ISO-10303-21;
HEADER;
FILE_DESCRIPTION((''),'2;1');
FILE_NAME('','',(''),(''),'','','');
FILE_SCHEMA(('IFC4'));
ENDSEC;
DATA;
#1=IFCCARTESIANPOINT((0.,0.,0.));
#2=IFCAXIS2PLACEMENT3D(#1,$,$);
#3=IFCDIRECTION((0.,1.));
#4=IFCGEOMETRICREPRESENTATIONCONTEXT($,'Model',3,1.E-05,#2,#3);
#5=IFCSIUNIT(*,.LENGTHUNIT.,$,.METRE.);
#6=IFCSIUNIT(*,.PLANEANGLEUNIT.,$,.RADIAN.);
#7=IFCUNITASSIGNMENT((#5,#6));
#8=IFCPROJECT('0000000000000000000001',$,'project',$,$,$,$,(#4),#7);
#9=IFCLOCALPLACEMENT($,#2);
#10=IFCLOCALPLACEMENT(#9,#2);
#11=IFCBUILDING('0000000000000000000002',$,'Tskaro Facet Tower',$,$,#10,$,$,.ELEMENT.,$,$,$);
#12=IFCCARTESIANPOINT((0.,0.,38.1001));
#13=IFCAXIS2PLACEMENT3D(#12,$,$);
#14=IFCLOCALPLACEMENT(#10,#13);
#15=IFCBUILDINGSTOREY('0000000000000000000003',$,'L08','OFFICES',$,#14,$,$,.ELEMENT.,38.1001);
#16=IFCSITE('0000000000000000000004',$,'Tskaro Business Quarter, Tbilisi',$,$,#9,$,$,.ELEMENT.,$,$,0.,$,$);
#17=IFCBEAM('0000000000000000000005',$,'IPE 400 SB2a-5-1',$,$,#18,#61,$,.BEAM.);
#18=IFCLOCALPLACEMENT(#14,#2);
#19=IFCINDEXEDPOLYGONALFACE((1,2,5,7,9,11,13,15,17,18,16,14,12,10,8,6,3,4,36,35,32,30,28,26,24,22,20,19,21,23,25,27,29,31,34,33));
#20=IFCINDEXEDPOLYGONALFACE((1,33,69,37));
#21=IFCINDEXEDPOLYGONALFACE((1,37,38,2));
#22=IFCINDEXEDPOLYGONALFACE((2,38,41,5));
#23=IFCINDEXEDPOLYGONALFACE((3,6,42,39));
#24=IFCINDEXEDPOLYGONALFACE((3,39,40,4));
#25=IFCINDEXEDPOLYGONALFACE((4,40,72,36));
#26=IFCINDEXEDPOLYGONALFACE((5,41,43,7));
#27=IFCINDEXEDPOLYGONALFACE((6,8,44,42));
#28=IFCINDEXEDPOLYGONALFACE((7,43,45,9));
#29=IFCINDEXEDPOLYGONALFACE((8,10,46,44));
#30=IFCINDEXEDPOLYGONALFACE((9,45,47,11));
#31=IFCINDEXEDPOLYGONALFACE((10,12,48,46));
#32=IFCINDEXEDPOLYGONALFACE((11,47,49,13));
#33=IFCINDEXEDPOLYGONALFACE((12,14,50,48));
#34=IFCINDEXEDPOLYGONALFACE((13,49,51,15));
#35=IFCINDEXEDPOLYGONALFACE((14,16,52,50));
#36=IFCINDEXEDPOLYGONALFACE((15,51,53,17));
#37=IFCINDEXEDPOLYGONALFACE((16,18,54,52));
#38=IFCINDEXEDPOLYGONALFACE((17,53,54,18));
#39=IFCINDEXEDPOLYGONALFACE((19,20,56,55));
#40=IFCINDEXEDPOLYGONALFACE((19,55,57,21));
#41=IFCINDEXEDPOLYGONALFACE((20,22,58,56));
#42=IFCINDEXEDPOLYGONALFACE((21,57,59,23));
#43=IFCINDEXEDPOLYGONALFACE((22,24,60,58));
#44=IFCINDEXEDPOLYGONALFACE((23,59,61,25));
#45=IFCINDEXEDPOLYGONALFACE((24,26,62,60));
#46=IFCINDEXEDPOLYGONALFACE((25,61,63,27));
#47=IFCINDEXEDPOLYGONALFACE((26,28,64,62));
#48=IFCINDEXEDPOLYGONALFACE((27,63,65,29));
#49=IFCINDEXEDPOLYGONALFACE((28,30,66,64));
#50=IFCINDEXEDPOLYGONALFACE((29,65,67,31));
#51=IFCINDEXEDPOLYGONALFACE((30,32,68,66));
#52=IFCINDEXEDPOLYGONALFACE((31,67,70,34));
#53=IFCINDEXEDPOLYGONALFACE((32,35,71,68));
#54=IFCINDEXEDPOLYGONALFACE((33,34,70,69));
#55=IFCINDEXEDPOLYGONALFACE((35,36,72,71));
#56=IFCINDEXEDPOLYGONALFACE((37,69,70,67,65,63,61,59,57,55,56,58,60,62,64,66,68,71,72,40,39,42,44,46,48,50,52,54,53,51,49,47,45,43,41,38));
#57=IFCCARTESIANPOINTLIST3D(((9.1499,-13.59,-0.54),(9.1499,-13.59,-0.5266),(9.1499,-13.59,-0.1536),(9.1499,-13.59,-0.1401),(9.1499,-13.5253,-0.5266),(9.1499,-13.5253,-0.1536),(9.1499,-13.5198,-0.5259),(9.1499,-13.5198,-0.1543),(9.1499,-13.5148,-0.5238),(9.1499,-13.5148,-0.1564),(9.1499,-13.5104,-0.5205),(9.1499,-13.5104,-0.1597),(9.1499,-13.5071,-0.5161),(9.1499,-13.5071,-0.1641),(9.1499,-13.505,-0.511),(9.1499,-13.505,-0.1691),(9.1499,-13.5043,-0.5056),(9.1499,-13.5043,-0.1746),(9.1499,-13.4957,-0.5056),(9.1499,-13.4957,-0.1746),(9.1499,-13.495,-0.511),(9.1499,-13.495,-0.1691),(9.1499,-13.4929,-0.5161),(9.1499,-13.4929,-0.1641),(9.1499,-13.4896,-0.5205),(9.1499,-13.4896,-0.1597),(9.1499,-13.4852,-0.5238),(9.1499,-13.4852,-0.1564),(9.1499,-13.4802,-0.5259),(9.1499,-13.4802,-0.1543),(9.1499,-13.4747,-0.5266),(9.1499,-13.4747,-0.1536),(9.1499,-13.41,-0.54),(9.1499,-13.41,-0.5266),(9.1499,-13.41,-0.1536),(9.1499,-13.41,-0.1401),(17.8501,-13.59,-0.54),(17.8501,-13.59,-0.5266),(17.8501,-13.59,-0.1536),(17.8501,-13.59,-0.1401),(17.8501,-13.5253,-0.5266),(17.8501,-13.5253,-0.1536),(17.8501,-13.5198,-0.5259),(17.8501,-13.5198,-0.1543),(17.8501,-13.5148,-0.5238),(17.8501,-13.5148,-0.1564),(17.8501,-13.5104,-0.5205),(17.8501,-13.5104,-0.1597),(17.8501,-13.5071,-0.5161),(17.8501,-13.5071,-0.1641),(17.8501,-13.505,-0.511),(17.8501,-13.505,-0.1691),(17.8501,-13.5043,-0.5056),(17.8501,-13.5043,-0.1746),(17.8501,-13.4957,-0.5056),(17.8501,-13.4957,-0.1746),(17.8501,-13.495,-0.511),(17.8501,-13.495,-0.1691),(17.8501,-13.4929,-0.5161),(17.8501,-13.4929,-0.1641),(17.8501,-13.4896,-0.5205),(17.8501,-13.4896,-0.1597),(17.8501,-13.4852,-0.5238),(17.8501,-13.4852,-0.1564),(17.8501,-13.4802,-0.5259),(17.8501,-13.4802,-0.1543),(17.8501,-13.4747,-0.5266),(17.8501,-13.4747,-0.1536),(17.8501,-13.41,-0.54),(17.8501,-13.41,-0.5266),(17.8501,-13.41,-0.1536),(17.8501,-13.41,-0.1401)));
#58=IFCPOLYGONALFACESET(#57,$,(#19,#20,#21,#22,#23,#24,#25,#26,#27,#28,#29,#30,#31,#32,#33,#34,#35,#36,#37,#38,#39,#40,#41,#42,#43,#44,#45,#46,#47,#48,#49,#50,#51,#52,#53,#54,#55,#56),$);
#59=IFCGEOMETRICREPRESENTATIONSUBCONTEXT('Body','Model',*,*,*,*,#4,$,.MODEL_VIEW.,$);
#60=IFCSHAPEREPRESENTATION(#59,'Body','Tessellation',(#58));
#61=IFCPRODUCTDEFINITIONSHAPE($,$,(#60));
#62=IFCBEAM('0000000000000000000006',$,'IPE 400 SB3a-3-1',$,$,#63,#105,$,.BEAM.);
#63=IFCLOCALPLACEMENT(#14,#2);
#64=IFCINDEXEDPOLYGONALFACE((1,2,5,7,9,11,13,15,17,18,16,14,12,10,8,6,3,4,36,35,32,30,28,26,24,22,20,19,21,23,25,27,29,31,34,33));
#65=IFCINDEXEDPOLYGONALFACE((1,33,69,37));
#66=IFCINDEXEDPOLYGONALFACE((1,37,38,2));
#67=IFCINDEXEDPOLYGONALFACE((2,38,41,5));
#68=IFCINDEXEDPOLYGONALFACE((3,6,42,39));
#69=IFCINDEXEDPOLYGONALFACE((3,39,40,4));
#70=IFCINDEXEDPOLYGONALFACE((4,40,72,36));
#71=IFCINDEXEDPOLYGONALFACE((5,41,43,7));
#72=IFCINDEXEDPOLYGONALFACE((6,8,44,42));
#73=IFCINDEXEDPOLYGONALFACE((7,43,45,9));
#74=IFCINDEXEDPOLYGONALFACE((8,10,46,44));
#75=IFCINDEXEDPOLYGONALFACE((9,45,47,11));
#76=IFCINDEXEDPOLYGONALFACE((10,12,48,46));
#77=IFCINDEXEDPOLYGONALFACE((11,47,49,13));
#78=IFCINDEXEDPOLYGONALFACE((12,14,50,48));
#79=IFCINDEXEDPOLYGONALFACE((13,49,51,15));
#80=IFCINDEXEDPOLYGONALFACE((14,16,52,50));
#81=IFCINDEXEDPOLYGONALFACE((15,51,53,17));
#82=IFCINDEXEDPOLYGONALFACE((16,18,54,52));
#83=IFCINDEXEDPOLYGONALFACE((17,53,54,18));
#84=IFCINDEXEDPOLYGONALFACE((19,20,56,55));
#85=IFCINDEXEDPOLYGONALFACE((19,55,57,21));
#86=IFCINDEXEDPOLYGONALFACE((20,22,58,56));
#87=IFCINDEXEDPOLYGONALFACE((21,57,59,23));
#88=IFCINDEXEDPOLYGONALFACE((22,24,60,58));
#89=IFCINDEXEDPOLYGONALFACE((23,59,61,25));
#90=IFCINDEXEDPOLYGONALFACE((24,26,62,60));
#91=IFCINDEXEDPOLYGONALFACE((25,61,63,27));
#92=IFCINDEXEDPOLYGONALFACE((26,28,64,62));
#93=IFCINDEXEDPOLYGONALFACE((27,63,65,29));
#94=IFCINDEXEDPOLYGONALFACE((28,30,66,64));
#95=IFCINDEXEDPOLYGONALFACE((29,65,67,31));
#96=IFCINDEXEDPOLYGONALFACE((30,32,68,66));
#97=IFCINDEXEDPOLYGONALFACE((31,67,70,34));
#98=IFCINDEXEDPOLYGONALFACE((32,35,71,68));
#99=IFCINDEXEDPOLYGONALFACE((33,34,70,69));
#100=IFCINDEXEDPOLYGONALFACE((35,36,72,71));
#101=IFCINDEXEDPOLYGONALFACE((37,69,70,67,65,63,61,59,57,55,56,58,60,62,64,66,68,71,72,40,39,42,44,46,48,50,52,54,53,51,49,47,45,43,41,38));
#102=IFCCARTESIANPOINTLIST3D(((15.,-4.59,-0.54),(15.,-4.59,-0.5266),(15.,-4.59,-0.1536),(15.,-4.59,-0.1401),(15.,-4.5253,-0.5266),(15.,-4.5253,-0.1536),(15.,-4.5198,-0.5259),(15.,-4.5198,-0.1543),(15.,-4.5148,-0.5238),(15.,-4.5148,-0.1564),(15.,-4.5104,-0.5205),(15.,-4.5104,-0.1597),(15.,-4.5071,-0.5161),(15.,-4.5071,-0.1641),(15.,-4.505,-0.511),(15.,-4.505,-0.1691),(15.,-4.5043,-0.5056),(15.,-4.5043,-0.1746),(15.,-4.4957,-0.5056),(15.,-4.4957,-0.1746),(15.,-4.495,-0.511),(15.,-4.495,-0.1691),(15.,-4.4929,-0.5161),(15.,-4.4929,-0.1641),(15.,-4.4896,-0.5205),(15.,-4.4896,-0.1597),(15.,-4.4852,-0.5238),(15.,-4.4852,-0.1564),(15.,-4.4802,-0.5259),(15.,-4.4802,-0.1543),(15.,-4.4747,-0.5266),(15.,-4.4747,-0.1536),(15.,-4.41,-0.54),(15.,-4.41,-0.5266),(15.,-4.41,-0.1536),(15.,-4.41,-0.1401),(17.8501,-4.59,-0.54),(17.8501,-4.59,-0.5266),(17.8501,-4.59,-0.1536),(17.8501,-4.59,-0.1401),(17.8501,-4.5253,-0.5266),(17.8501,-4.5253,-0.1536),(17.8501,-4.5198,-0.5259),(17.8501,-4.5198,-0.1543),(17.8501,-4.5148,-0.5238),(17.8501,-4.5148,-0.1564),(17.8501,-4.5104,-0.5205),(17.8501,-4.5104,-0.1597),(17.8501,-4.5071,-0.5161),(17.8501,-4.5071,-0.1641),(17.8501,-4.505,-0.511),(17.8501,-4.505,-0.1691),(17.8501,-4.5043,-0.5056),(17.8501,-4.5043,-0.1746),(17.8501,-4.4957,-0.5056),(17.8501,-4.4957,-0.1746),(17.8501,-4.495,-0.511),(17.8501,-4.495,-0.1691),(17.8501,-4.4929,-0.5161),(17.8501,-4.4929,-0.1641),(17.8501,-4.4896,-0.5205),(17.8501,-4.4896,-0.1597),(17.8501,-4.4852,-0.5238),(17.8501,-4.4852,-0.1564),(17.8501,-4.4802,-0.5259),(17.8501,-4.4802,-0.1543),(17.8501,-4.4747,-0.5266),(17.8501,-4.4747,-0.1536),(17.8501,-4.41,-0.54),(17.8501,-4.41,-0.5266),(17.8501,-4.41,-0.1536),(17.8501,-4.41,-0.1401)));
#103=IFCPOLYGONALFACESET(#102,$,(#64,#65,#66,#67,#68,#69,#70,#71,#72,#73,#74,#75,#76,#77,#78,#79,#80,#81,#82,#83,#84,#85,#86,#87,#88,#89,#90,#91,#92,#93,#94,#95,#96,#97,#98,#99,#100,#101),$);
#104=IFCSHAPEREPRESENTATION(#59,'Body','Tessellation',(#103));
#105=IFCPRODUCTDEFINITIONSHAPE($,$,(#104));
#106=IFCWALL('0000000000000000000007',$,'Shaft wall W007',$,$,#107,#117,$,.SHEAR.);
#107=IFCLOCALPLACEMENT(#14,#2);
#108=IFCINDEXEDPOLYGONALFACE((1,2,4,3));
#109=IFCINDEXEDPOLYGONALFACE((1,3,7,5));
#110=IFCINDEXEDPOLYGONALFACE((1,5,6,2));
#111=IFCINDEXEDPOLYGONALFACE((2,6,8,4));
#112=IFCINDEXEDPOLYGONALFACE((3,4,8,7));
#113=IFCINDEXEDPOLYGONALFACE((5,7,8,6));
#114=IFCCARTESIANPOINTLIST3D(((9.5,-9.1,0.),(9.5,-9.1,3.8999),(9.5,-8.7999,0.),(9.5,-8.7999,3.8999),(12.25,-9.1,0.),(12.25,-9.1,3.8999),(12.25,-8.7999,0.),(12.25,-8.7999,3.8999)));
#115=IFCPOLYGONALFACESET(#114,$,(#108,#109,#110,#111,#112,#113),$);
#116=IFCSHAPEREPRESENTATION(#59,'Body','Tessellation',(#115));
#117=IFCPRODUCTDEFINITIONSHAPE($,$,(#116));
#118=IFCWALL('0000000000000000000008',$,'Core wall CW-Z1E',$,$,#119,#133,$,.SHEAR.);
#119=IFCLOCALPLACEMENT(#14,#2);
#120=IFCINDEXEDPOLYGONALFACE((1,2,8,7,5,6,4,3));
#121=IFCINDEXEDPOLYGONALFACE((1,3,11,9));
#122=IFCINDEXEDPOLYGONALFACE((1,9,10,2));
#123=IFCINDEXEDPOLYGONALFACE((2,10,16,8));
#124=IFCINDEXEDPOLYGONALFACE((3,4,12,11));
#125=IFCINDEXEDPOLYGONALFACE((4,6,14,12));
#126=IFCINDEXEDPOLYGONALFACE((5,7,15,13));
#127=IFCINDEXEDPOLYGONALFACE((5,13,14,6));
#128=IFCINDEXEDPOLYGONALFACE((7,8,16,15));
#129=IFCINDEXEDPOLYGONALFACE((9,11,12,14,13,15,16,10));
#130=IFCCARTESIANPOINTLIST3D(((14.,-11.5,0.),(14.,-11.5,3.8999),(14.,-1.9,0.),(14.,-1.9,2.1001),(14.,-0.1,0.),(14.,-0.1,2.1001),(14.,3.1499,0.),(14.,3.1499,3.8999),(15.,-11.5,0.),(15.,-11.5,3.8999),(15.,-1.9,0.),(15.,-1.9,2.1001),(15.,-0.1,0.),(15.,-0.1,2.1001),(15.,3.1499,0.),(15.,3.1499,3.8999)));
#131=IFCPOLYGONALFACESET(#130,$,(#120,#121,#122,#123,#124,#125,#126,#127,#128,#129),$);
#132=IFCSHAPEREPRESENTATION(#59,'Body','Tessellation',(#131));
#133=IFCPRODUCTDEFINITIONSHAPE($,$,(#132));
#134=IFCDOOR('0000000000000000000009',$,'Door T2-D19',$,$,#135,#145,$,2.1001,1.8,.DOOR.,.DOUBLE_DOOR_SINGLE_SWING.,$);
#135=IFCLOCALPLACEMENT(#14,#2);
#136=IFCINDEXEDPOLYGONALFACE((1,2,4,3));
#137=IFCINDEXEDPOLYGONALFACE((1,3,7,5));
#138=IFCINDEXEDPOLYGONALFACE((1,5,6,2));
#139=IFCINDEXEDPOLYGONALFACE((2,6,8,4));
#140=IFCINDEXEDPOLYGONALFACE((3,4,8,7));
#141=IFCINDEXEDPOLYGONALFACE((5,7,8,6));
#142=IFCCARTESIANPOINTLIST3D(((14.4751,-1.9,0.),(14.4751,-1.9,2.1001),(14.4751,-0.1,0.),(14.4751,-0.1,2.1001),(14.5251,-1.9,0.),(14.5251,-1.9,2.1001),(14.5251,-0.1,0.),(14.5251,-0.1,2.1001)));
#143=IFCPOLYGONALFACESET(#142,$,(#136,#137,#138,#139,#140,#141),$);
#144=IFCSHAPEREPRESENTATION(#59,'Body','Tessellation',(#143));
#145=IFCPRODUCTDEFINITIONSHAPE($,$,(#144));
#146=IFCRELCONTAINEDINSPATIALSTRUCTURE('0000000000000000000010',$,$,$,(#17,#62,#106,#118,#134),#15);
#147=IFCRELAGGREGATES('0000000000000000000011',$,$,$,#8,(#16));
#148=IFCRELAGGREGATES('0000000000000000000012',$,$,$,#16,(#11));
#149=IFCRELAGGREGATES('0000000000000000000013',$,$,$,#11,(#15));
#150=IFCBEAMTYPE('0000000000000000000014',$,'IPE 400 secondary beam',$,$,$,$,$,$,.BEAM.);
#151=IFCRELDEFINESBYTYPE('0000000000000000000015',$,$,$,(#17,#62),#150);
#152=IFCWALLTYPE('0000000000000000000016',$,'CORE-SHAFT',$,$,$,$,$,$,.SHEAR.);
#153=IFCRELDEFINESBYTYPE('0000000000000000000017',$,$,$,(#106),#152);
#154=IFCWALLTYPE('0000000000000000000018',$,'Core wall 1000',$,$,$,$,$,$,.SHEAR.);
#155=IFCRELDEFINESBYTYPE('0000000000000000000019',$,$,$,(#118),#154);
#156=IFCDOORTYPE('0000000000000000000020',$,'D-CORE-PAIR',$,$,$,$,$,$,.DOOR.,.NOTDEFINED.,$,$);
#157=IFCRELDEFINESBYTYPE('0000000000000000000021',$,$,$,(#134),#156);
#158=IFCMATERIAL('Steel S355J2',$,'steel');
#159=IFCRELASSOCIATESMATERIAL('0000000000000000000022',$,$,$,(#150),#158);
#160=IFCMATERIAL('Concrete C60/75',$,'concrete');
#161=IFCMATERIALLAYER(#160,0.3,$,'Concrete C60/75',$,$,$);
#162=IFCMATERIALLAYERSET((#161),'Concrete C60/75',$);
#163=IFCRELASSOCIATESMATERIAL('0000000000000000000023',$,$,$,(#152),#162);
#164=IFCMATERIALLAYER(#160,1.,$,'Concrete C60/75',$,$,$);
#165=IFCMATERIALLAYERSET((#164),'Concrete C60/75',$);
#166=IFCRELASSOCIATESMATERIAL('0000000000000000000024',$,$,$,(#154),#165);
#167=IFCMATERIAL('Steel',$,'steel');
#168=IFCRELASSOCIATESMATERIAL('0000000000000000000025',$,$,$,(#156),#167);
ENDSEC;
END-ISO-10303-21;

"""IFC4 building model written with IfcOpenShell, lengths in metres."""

from ifc_helpers import new_model, si_unit, direction, frame, frame_2d, origin, origin_2d, place, context, subcontext, project, spatial, rectangle, i_section, extrude, material, layer, layer_set, material_profile, profile_set, type_object, element, fill, save


model = new_model("IFC4")

# Units and contexts
model_context = context("Model", 3, precision=1e-05, world=origin(), true_north=direction((0.0, 1.0)))
body_context = subcontext(model_context, "Body", "Model", "MODEL_VIEW")
ifc_project = project(units=[si_unit("LENGTHUNIT", "METRE"), si_unit("PLANEANGLEUNIT", "RADIAN")], contexts=[model_context])

# Site, building, storey
site_placement = place(None, origin())
site = spatial("IfcSite", under=ifc_project, at=site_placement, Name="Tskaro Business Quarter, Tbilisi", CompositionType="ELEMENT", RefElevation=0.0)
building_placement = place(site_placement, origin())
building = spatial("IfcBuilding", under=site, at=building_placement, Name="Tskaro Facet Tower", CompositionType="ELEMENT")
storey_placement = place(building_placement, frame((0.0, 0.0, 38.1001)))
storey = spatial("IfcBuildingStorey", under=building, at=storey_placement, Name="L08", Description="OFFICES", CompositionType="ELEMENT", Elevation=38.1001)

# Beams
ifc_material_1 = material(Name="Steel S355J2", Category="steel")
ifc_material_profile = material_profile(ifc_material_1, i_section(OverallWidth=0.1799, OverallDepth=0.3999, WebThickness=0.0085, FlangeThickness=0.0134, FilletRadius=0.021, at=origin_2d()), Name="IPE 400")
ifc_profile_set = profile_set([ifc_material_profile], Name="Steel S355J2")
beam_type = type_object("IfcBeamType", Name="IPE 400 secondary beam", PredefinedType="BEAM", material=ifc_profile_set)
beam_1_placement = place(storey_placement, frame((9.1499, -13.5, -0.3401), z_axis=(1.0, 0.0, 0.0), x_axis=(0.0, 1.0, 0.0)))
element("IfcBeam", 1, at=beam_1_placement, inside=storey, type_object=beam_type, Name="IPE 400 SB2a-5-1", PredefinedType="BEAM", context=body_context, shape_type="SweptSolid", body=[
    extrude(i_section(OverallWidth=0.1799, OverallDepth=0.3999, WebThickness=0.0085, FlangeThickness=0.0134, FilletRadius=0.021, at=origin_2d()), origin(), (0.0, 0.0, 1.0), 8.7002),
])
beam_2_placement = place(storey_placement, frame((15.0, -4.5, -0.3401), z_axis=(1.0, 0.0, 0.0), x_axis=(0.0, 1.0, 0.0)))
element("IfcBeam", 2, at=beam_2_placement, inside=storey, type_object=beam_type, Name="IPE 400 SB3a-3-1", PredefinedType="BEAM", context=body_context, shape_type="SweptSolid", body=[
    extrude(i_section(OverallWidth=0.1799, OverallDepth=0.3999, WebThickness=0.0085, FlangeThickness=0.0134, FilletRadius=0.021, at=origin_2d()), origin(), (0.0, 0.0, 1.0), 2.8501),
])

# Wall
ifc_material_2 = material(Name="Concrete C60/75", Category="concrete")
ifc_layer_1 = layer(ifc_material_2, 0.3, Name="Concrete C60/75")
ifc_layer_set_1 = layer_set([ifc_layer_1], Name="Concrete C60/75")
wall_type_1 = type_object("IfcWallType", Name="CORE-SHAFT", PredefinedType="SHEAR", material=ifc_layer_set_1)
wall_1_placement = place(storey_placement, frame((9.5, -8.95, 0.0), z_axis=(0.0, 0.0, 1.0), x_axis=(1.0, 0.0, 0.0)))
element("IfcWall", 3, at=wall_1_placement, inside=storey, type_object=wall_type_1, Name="Shaft wall W007", PredefinedType="SHEAR", context=body_context, shape_type="SweptSolid", body=[
    extrude(rectangle(XDim=2.75, YDim=0.3, at=frame_2d((1.375, 0.0))), origin(), (0.0, 0.0, 1.0), 3.8999),
])

# Wall, opening, door
ifc_layer_2 = layer(ifc_material_2, 1.0, Name="Concrete C60/75")
ifc_layer_set_2 = layer_set([ifc_layer_2], Name="Concrete C60/75")
wall_type_2 = type_object("IfcWallType", Name="Core wall 1000", PredefinedType="SHEAR", material=ifc_layer_set_2)
wall_2_placement = place(storey_placement, frame((14.5, -11.5, 0.0), z_axis=(0.0, 0.0, 1.0), x_axis=(0.0, 1.0, 0.0)))
wall_2 = element("IfcWall", 4, at=wall_2_placement, inside=storey, type_object=wall_type_2, Name="Core wall CW-Z1E", PredefinedType="SHEAR", context=body_context, shape_type="SweptSolid", body=[
    extrude(rectangle(XDim=14.6499, YDim=1.0, at=frame_2d((7.325, 0.0))), origin(), (0.0, 0.0, 1.0), 3.8999),
])
opening_1_placement = place(wall_2_placement, frame((9.6001, 0.0, 0.0)))
opening_1 = element("IfcOpeningElement", 5, at=opening_1_placement, cuts=wall_2, PredefinedType="OPENING", context=body_context, shape_type="SweptSolid", body=[
    extrude(rectangle(XDim=1.8, YDim=2.1001, at=frame_2d((0.8999, 1.05))), frame((0.0, 0.51, 0.0), z_axis=(0.0, -1.0, 0.0), x_axis=(1.0, 0.0, 0.0)), (0.0, 0.0, 1.0), 1.02),
])
ifc_material_3 = material(Name="Steel", Category="steel")
door_type_1 = type_object("IfcDoorType", Name="D-CORE-PAIR", OperationType="NOTDEFINED", PredefinedType="DOOR", material=ifc_material_3)
door_1_placement = place(opening_1_placement, origin())
door_1 = element("IfcDoor", 6, at=door_1_placement, inside=storey, type_object=door_type_1, Name="Door T2-D19", OperationType="DOUBLE_DOOR_SINGLE_SWING", OverallHeight=2.1001, OverallWidth=1.8, PredefinedType="DOOR", context=body_context, shape_type="SweptSolid", body=[
    extrude(rectangle(XDim=1.8, YDim=2.1001, at=frame_2d((0.8999, 1.05))), frame((0.0, 0.0249, 0.0), z_axis=(0.0, -1.0, 0.0), x_axis=(1.0, 0.0, 0.0)), (0.0, 0.0, 1.0), 0.05),
])
fill(opening_1, door_1)

save(model, "model.ifc")
